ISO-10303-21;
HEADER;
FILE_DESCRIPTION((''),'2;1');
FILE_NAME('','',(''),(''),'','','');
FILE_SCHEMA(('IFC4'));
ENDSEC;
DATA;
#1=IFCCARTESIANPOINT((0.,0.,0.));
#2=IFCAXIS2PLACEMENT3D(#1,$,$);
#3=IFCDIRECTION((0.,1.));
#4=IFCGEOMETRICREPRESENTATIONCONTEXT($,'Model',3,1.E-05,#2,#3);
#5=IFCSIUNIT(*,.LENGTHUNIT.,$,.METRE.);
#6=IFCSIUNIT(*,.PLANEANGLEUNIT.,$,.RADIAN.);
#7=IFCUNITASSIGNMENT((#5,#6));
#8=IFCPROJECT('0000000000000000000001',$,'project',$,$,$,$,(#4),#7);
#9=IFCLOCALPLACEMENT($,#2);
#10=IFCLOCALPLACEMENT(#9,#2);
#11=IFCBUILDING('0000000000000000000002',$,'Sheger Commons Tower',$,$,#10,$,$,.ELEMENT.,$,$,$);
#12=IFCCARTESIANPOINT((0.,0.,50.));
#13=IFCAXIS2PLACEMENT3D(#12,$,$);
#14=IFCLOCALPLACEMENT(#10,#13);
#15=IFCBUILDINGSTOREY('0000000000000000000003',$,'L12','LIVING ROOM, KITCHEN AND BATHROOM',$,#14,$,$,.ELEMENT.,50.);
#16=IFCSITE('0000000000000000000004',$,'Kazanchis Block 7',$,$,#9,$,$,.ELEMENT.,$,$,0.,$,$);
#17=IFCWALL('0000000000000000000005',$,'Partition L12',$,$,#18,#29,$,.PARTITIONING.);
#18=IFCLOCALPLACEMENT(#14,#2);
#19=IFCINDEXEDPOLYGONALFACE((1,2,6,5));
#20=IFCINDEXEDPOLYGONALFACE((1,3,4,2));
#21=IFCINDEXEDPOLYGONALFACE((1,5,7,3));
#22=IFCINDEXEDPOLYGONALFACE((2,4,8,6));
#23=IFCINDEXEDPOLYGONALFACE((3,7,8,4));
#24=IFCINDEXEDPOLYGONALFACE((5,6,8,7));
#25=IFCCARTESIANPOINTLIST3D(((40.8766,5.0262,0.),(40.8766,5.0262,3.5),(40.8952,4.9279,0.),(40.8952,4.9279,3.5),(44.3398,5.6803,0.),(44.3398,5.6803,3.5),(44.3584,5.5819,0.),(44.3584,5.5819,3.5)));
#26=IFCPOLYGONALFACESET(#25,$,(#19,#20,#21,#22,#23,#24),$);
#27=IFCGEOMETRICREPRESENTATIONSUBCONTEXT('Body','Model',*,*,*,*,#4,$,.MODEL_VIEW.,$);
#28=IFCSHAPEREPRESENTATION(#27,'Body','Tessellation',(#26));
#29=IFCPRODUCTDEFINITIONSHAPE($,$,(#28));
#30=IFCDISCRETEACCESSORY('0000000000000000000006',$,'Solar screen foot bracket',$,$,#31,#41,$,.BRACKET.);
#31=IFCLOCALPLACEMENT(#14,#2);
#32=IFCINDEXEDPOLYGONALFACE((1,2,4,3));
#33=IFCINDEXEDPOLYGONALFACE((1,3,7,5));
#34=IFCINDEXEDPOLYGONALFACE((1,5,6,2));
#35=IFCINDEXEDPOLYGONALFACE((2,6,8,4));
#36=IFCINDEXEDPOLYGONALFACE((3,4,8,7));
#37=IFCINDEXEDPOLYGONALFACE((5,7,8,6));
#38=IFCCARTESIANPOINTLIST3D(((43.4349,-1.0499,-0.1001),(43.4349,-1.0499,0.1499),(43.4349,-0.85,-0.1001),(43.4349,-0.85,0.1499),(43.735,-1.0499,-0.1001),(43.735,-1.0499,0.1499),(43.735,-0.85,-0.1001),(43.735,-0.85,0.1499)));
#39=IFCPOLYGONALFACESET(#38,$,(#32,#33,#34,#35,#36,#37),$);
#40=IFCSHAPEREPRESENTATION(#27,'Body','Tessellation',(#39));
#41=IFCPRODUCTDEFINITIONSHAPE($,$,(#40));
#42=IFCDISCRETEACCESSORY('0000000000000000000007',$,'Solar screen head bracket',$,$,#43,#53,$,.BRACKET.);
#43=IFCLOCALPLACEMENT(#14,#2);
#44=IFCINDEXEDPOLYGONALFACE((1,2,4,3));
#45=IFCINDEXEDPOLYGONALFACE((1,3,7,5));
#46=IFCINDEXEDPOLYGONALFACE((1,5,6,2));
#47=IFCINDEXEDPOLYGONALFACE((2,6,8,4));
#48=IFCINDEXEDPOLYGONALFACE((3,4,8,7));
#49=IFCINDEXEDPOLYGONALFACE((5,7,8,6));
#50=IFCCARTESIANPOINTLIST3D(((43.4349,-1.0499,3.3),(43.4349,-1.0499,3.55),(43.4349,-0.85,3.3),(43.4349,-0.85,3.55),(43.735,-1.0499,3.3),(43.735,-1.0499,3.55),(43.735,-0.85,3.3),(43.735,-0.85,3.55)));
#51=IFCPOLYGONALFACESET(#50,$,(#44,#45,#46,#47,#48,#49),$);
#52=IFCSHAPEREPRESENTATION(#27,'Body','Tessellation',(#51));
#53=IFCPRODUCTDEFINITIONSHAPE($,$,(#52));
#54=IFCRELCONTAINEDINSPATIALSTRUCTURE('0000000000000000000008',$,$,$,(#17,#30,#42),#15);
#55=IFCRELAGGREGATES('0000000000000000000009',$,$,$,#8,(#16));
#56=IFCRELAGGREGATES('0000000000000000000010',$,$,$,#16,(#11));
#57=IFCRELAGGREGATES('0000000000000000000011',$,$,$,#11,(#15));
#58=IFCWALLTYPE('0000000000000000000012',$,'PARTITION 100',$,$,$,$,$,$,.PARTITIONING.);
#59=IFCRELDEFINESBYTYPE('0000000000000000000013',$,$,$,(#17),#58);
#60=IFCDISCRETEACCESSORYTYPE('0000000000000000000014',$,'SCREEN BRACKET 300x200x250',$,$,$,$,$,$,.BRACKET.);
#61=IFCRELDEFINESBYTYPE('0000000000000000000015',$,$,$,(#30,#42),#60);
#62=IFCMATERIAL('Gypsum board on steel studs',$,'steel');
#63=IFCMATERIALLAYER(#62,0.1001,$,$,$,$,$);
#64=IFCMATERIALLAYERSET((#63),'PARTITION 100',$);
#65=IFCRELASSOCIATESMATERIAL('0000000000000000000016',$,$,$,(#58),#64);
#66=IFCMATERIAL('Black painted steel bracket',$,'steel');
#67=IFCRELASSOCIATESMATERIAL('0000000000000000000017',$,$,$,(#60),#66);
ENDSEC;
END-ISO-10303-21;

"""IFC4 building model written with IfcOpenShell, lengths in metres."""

from ifc_helpers import new_model, si_unit, direction, frame, frame_2d, origin, origin_2d, place, context, subcontext, project, spatial, rectangle, extrude, material, layer, layer_set, type_object, element, save


model = new_model("IFC4")

# Units and contexts
model_context = context("Model", 3, precision=1e-05, world=origin(), true_north=direction((0.0, 1.0)))
body_context = subcontext(model_context, "Body", "Model", "MODEL_VIEW")
ifc_project = project(units=[si_unit("LENGTHUNIT", "METRE"), si_unit("PLANEANGLEUNIT", "RADIAN")], contexts=[model_context])

# Site, building, storey
site_placement = place(None, origin())
site = spatial("IfcSite", under=ifc_project, at=site_placement, Name="Kazanchis Block 7", CompositionType="ELEMENT", RefElevation=0.0)
building_placement = place(site_placement, origin())
building = spatial("IfcBuilding", under=site, at=building_placement, Name="Sheger Commons Tower", CompositionType="ELEMENT")
storey_placement = place(building_placement, frame((0.0, 0.0, 50.0)))
storey = spatial("IfcBuildingStorey", under=building, at=storey_placement, Name="L12", Description="LIVING ROOM, KITCHEN AND BATHROOM", CompositionType="ELEMENT", Elevation=50.0)

# Shared definitions
ifc_material_1 = material(Name="Gypsum board on steel studs", Category="steel")
ifc_layer_1 = layer(ifc_material_1, 0.1001)
ifc_layer_set_1 = layer_set([ifc_layer_1], Name="PARTITION 100")
wall_type_1 = type_object("IfcWallType", Name="PARTITION 100", PredefinedType="PARTITIONING", material=ifc_layer_set_1)

# Wall
wall_1_placement = place(storey_placement, frame((44.3491, 5.6311, 0.0), z_axis=(0.0, 0.0, 1.0), x_axis=(-0.982629, -0.185581, 0.0)))
element("IfcWall", 1, at=wall_1_placement, inside=storey, type_object=wall_type_1, Name="Partition L12", PredefinedType="PARTITIONING", context=body_context, shape_type="SweptSolid", body=[
    extrude(rectangle(XDim=3.5244, YDim=0.1001, at=frame_2d((1.7622, 0.0))), origin(), (0.0, 0.0, 1.0), 3.5),
])

# Discrete accessories
ifc_material_2 = material(Name="Black painted steel bracket", Category="steel")
discrete_accessory_type = type_object("IfcDiscreteAccessoryType", Name="SCREEN BRACKET 300x200x250", PredefinedType="BRACKET", material=ifc_material_2)
for number, where, z_axis, x_axis, name in (
    (2, (43.585, -0.95, -0.1001), (0.0, 0.0, 1.0), (1.0, 0.0, 0.0), "Solar screen foot bracket"),
    (3, (43.585, -0.95, 3.3), (0.0, 0.0, 1.0), (1.0, 0.0, 0.0), "Solar screen head bracket"),
):
    element("IfcDiscreteAccessory", number, at=place(storey_placement, frame(where, z_axis=z_axis, x_axis=x_axis)), inside=storey, type_object=discrete_accessory_type, Name=name, PredefinedType="BRACKET", context=body_context, shape_type="SweptSolid", body=[
        extrude(rectangle(XDim=0.3, YDim=0.2, at=origin_2d()), origin(), (0.0, 0.0, 1.0), 0.25),
    ])

save(model, "model.ifc")
